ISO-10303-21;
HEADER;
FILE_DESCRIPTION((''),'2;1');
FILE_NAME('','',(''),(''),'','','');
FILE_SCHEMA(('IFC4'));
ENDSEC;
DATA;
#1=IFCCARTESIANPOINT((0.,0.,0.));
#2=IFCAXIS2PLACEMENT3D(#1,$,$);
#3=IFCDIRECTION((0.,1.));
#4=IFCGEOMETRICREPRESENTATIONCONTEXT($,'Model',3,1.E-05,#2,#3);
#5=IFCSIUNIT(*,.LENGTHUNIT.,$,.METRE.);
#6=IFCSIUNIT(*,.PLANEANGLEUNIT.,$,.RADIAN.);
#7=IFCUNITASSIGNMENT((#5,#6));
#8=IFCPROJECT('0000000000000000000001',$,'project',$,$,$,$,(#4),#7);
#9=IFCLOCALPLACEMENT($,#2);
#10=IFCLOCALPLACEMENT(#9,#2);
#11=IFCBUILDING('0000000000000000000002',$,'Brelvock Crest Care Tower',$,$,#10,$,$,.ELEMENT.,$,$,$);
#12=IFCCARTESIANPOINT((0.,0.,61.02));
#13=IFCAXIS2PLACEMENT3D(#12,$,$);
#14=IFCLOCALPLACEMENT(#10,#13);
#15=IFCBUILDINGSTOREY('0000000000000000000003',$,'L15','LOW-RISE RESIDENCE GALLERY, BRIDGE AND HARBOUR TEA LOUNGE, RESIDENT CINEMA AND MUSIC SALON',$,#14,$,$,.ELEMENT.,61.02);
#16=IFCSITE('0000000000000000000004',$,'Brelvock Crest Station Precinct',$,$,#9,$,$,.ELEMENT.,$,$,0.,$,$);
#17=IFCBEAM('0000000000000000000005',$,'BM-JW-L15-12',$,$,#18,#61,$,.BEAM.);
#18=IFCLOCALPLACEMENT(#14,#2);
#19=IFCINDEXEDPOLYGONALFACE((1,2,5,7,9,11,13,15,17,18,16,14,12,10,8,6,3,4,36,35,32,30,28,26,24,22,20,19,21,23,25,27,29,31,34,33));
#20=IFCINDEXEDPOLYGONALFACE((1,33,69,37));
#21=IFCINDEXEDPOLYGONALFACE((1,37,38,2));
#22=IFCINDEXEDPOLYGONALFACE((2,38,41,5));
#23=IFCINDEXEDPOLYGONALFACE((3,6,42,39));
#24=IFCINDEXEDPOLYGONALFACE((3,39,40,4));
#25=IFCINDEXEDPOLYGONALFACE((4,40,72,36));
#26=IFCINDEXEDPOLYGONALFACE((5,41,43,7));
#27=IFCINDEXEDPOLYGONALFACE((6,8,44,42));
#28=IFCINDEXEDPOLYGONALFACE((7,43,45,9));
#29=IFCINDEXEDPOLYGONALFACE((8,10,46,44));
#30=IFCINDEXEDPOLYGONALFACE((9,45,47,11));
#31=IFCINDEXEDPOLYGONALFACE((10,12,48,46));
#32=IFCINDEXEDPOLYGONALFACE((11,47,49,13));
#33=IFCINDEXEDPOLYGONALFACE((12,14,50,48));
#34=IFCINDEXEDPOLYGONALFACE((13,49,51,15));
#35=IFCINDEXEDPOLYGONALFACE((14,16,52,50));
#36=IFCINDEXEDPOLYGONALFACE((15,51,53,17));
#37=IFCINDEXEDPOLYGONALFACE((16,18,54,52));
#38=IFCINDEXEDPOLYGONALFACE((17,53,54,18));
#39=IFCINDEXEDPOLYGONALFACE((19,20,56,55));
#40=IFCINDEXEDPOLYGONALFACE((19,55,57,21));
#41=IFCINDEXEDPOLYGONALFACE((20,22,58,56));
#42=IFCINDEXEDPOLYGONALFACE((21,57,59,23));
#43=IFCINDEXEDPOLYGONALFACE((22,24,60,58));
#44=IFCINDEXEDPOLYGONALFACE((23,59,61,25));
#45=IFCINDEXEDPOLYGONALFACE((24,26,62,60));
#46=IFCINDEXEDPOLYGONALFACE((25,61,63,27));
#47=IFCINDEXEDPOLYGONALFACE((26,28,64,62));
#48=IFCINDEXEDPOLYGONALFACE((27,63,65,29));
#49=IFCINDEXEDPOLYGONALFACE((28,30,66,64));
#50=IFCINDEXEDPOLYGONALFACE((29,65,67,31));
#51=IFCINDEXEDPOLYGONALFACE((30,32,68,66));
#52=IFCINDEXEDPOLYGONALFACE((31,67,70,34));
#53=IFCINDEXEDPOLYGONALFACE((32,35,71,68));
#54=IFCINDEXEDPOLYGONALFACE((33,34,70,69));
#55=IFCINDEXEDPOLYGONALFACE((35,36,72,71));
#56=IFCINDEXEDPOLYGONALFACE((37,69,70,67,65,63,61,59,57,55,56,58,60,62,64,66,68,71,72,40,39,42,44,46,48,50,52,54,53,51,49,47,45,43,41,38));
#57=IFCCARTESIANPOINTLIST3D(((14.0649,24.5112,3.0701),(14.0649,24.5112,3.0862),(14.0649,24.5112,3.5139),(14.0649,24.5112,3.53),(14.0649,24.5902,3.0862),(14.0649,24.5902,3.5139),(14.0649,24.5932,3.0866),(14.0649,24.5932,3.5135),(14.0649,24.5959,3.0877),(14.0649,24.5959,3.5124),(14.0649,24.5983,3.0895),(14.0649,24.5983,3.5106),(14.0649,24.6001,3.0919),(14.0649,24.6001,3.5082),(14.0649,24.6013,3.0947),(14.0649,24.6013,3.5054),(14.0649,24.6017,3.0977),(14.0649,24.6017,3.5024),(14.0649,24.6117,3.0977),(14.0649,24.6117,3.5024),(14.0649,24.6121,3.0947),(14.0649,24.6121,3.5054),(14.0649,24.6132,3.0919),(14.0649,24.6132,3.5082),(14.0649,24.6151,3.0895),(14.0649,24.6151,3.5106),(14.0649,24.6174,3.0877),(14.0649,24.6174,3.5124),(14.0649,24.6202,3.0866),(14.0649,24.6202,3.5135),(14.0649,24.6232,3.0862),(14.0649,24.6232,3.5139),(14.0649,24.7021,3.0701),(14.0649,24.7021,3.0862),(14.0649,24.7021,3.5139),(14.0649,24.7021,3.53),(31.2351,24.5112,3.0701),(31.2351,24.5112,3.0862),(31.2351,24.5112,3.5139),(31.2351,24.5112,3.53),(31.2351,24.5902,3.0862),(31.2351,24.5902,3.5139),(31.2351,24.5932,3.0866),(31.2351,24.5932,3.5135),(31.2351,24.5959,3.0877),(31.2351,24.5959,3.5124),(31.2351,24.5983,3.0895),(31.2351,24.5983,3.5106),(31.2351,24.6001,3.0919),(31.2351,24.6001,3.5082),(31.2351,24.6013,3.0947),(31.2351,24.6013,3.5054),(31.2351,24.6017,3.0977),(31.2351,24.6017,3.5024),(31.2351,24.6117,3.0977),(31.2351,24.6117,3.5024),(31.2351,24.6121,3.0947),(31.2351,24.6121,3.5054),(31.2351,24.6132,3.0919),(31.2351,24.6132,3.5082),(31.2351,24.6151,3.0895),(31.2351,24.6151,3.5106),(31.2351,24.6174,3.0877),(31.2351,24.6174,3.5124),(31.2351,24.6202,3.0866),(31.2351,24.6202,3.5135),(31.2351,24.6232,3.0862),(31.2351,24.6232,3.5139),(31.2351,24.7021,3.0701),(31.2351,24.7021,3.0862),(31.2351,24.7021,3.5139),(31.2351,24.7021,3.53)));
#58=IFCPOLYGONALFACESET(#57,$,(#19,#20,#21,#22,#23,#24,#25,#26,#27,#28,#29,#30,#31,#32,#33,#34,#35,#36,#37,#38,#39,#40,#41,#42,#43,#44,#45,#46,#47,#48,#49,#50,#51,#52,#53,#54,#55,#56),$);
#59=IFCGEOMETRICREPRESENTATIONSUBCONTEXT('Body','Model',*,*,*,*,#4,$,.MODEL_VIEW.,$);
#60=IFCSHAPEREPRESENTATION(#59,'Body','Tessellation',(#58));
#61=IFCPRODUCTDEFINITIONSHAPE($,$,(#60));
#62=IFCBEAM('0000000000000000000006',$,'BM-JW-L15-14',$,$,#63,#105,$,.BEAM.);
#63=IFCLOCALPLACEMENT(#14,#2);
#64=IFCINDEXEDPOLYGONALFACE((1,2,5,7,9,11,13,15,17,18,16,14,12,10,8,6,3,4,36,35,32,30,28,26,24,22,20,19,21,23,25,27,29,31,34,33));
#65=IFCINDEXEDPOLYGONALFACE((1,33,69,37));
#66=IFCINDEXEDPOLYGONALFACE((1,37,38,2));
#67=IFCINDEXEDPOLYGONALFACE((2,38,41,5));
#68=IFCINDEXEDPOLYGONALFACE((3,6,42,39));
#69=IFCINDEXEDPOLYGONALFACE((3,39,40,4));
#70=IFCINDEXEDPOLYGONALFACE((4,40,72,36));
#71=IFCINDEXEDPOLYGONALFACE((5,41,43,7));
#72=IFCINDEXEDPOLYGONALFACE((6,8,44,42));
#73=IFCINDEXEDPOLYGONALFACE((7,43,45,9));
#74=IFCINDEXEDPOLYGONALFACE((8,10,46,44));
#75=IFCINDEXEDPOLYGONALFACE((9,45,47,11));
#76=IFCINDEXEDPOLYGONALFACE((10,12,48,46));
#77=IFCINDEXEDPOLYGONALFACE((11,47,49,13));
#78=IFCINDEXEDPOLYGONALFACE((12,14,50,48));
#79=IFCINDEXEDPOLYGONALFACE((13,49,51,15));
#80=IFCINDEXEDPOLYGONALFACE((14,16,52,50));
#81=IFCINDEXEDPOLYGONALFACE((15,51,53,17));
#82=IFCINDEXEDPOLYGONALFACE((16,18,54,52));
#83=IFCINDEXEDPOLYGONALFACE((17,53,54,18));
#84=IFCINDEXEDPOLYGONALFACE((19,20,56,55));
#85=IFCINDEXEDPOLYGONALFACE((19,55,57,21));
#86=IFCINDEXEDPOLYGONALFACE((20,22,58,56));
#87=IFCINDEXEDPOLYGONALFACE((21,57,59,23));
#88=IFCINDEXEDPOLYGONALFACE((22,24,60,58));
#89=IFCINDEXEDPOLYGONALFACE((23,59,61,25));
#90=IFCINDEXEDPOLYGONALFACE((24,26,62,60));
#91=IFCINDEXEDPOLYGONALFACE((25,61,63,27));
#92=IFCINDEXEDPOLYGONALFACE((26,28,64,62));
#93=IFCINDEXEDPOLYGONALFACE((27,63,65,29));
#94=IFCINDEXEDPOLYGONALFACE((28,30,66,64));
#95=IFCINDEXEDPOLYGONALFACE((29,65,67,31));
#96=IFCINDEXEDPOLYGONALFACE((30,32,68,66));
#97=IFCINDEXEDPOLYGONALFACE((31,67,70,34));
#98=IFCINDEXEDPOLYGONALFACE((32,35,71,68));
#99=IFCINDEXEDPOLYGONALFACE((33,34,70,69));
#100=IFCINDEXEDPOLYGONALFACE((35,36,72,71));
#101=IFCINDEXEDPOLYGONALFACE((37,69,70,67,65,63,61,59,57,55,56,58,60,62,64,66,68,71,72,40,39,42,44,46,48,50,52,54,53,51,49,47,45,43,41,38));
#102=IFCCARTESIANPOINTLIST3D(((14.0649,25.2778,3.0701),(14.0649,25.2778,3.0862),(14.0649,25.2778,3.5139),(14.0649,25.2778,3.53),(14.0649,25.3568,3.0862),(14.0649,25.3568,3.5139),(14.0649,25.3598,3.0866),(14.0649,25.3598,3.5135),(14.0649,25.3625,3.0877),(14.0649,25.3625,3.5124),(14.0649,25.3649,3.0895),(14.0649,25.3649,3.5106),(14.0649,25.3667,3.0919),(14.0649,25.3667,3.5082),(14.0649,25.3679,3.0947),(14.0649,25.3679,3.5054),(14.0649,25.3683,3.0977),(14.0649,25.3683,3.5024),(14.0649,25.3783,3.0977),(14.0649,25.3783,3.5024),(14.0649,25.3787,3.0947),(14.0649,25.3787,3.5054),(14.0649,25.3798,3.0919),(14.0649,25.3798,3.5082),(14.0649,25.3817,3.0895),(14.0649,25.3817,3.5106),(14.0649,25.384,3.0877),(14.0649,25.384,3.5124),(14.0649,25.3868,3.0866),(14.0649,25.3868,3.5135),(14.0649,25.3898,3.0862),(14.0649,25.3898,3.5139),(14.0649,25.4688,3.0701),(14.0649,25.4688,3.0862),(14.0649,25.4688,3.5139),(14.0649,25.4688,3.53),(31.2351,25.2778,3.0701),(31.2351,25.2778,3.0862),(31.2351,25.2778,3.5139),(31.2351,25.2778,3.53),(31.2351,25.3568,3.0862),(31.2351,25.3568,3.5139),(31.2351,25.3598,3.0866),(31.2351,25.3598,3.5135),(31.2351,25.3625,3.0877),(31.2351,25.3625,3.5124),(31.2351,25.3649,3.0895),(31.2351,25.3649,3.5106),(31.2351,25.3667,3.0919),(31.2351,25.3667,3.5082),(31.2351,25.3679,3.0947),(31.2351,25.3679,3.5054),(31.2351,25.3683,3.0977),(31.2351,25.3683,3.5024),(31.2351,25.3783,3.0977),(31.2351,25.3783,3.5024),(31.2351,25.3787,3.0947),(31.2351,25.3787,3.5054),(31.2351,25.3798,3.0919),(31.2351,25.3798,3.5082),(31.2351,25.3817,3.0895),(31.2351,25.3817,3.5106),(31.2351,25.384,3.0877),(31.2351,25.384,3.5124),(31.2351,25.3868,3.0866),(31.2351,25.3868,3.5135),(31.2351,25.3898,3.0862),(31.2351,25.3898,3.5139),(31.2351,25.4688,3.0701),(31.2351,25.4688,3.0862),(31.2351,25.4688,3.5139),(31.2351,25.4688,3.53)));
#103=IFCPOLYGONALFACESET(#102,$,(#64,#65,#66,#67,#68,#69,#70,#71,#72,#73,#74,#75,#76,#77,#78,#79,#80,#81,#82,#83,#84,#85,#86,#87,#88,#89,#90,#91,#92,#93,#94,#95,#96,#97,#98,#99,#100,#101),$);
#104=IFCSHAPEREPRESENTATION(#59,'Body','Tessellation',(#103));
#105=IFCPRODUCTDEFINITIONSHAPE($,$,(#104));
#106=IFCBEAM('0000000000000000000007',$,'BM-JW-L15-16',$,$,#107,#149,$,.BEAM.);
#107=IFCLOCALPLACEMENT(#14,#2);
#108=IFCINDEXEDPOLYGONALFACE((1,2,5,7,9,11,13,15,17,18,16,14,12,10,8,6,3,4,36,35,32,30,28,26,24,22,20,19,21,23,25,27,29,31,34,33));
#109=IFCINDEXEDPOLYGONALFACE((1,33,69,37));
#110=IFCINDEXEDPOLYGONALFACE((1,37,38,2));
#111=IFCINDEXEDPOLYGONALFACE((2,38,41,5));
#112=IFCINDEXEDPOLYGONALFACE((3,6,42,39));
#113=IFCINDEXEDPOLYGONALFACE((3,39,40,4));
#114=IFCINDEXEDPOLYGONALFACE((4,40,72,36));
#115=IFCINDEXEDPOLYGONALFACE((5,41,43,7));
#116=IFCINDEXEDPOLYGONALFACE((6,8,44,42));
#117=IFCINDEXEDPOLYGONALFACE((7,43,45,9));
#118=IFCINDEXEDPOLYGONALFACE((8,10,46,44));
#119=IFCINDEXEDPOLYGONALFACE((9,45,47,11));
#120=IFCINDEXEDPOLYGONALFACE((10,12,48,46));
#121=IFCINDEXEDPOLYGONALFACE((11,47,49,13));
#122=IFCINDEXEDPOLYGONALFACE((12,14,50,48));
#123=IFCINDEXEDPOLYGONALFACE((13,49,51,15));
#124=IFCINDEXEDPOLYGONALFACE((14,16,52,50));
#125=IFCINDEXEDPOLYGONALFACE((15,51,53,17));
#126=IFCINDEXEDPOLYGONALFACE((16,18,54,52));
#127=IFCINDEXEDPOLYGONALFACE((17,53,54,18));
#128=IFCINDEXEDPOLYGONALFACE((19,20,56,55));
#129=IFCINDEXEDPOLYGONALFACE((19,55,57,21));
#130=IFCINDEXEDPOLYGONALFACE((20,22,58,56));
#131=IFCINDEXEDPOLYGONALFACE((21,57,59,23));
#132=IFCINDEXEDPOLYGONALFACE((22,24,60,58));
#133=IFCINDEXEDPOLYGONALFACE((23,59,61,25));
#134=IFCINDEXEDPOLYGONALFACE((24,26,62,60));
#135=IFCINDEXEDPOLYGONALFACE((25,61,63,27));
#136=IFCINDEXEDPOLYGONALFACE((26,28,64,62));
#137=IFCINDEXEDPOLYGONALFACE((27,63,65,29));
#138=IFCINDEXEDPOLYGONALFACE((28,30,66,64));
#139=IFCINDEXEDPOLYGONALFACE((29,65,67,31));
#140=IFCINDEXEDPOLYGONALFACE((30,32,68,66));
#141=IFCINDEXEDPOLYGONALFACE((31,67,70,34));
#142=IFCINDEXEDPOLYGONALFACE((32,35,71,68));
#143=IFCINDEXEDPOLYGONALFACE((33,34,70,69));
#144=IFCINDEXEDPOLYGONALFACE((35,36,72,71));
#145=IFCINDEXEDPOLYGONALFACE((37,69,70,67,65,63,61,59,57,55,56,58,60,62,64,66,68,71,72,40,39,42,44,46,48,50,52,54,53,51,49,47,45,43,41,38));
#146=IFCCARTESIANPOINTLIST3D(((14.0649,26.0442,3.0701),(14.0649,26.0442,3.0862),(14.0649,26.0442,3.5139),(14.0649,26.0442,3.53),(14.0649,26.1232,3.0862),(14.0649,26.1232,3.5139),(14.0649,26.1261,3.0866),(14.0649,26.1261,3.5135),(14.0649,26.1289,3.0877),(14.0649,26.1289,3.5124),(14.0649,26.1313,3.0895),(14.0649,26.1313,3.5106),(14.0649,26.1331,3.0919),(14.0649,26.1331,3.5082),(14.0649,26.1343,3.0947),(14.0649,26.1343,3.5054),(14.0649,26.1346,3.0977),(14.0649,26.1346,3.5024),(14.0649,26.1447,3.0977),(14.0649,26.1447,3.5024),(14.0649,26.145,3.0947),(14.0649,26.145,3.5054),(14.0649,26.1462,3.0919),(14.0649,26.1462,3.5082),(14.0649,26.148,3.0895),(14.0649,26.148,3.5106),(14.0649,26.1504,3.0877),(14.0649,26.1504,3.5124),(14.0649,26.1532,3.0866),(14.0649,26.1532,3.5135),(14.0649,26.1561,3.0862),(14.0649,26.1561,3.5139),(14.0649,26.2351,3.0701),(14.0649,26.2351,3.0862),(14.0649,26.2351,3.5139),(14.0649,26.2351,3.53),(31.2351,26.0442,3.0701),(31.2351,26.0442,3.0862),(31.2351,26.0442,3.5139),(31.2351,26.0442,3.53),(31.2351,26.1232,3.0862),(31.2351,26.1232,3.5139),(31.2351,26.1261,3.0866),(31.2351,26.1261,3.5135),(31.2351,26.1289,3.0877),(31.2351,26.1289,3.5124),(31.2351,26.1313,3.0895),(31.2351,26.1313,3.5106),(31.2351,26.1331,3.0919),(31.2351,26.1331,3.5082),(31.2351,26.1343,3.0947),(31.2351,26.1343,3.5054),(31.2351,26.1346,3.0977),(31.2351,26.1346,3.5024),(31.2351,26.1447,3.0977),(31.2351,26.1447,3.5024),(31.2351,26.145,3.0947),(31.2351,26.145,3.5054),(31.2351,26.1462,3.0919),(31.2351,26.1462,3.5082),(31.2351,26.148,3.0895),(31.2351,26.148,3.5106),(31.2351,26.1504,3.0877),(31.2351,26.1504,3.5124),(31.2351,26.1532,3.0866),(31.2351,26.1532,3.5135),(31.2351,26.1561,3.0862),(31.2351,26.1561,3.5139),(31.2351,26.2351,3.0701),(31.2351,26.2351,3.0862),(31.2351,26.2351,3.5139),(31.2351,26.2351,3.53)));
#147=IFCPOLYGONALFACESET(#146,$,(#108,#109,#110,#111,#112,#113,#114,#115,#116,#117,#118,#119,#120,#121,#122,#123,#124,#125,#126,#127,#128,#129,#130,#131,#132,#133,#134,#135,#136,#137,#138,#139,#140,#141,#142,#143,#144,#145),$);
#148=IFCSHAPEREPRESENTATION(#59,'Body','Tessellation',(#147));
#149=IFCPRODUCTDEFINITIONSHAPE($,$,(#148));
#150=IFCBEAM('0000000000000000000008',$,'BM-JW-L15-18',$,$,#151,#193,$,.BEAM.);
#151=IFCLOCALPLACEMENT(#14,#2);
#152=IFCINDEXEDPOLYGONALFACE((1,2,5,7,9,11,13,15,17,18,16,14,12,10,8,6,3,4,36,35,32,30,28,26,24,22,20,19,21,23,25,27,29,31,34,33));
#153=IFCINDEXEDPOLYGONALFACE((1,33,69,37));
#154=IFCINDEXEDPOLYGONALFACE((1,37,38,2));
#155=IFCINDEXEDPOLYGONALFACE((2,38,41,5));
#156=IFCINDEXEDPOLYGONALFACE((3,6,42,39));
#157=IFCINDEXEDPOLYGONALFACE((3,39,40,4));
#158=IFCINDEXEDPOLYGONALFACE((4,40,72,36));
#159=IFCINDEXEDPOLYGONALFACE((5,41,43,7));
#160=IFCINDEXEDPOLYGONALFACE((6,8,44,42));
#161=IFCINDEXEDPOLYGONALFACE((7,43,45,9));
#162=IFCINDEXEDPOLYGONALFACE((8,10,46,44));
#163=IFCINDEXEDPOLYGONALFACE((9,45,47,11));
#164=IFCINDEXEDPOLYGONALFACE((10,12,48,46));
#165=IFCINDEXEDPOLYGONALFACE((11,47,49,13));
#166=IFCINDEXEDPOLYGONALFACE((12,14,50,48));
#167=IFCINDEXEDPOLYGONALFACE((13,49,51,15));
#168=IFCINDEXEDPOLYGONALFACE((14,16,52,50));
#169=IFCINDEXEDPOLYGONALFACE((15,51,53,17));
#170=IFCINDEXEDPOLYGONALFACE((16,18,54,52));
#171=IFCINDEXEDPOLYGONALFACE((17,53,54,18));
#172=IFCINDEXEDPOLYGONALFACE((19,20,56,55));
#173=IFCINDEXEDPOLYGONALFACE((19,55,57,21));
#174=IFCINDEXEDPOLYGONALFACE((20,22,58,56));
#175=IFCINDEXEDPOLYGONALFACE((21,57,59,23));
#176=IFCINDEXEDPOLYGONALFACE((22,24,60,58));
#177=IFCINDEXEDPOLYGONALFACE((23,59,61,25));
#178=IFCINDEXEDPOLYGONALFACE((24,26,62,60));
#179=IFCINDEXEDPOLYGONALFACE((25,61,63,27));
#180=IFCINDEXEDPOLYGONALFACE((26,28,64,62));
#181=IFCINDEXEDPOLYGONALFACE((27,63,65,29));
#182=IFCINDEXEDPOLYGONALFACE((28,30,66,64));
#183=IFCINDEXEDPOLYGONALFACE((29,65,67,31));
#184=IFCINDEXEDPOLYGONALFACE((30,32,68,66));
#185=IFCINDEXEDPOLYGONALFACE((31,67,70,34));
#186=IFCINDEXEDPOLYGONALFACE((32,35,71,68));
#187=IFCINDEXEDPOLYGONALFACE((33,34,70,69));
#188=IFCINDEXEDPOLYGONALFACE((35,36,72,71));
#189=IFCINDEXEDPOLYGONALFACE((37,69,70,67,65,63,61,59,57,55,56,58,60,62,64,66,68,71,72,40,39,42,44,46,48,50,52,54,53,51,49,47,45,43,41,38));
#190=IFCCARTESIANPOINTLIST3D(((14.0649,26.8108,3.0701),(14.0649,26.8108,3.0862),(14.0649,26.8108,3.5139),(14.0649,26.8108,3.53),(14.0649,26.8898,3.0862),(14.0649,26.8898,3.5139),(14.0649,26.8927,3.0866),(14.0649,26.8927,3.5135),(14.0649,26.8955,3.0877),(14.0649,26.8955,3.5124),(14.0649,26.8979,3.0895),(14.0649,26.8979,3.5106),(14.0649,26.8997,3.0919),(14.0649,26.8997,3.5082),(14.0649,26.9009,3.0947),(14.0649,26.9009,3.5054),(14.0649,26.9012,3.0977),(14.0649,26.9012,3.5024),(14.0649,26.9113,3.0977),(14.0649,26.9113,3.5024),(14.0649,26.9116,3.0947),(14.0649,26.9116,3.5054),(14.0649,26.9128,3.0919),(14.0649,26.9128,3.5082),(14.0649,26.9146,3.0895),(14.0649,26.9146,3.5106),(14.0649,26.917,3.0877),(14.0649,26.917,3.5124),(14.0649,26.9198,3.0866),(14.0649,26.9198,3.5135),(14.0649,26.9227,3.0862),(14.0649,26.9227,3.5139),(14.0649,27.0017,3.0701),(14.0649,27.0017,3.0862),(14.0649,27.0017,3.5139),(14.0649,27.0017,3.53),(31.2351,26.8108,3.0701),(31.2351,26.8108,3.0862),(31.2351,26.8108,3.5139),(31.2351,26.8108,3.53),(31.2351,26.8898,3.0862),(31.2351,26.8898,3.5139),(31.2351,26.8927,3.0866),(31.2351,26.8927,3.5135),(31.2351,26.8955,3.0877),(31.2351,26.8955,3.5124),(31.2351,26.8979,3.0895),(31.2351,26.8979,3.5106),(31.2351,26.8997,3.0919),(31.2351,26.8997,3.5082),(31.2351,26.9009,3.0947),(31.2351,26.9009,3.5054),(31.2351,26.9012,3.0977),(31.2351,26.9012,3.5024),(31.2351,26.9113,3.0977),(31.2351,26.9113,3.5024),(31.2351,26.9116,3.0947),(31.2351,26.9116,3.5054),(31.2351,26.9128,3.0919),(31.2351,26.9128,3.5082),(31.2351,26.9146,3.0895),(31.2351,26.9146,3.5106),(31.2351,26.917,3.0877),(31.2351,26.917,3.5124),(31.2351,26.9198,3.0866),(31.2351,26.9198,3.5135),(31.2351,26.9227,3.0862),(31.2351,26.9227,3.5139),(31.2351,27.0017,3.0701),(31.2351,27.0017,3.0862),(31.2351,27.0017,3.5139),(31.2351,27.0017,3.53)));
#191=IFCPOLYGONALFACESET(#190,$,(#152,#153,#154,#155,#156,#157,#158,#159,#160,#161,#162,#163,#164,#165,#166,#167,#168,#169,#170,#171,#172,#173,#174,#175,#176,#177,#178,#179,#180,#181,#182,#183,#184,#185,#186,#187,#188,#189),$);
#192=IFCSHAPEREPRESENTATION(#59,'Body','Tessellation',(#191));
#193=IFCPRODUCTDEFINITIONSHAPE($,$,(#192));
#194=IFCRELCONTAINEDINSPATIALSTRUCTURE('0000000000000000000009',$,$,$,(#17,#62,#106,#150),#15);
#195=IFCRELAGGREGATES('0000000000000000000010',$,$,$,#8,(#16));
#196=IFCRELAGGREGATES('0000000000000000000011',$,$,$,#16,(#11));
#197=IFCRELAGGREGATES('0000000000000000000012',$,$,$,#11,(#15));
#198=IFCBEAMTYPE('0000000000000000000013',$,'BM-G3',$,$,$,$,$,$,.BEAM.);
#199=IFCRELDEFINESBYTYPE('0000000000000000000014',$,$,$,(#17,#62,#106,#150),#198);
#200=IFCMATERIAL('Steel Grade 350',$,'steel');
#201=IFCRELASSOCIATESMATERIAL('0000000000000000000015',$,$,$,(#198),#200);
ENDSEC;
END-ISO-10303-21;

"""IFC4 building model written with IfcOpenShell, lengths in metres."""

from ifc_helpers import new_model, si_unit, direction, frame, origin, origin_2d, place, context, subcontext, project, spatial, i_section, extrude, source, transform, mapped, material, material_profile, profile_set, type_object, element, save


model = new_model("IFC4")

# Units and contexts
model_context = context("Model", 3, precision=1e-05, world=origin(), true_north=direction((0.0, 1.0)))
body_context = subcontext(model_context, "Body", "Model", "MODEL_VIEW")
ifc_project = project(units=[si_unit("LENGTHUNIT", "METRE"), si_unit("PLANEANGLEUNIT", "RADIAN")], contexts=[model_context])

# Site, building, storey
site_placement = place(None, origin())
site = spatial("IfcSite", under=ifc_project, at=site_placement, Name="Brelvock Crest Station Precinct", CompositionType="ELEMENT", RefElevation=0.0)
building_placement = place(site_placement, origin())
building = spatial("IfcBuilding", under=site, at=building_placement, Name="Brelvock Crest Care Tower", CompositionType="ELEMENT")
storey_placement = place(building_placement, frame((0.0, 0.0, 61.02)))
storey = spatial("IfcBuildingStorey", under=building, at=storey_placement, Name="L15", Description="LOW-RISE RESIDENCE GALLERY, BRIDGE AND HARBOUR TEA LOUNGE, RESIDENT CINEMA AND MUSIC SALON", CompositionType="ELEMENT", Elevation=61.02)

# Beams
ifc_material_1 = material(Name="Steel Grade 350", Category="steel")
ifc_material_profile_1 = material_profile(ifc_material_1, i_section(OverallWidth=0.1909, OverallDepth=0.46, WebThickness=0.01, FlangeThickness=0.0161, FilletRadius=0.0115, at=origin_2d()), Name="460UB82.1")
ifc_profile_set_1 = profile_set([ifc_material_profile_1], Name="Steel Grade 350")
beam_type_1 = type_object("IfcBeamType", Name="BM-G3", PredefinedType="BEAM", material=ifc_profile_set_1)
shared_shape_1 = source(origin(), body_context, "Body", "SweptSolid", [
    extrude(i_section(OverallWidth=0.1909, OverallDepth=0.46, WebThickness=0.01, FlangeThickness=0.0161, FilletRadius=0.0115, at=origin_2d()), origin(), (0.0, 0.0, 1.0), 17.1702),
])
for number, where, z_axis, x_axis, name in (
    (1, (14.0649, 24.6067, 3.3), (1.0, 0.0, 0.0), (0.0, 1.0, 0.0), "BM-JW-L15-12"),
    (2, (14.0649, 25.3733, 3.3), (1.0, 0.0, 0.0), (0.0, 1.0, 0.0), "BM-JW-L15-14"),
    (3, (14.0649, 26.1396, 3.3), (1.0, 0.0, 0.0), (0.0, 1.0, 0.0), "BM-JW-L15-16"),
    (4, (14.0649, 26.9062, 3.3), (1.0, 0.0, 0.0), (0.0, 1.0, 0.0), "BM-JW-L15-18"),
):
    element("IfcBeam", number, at=place(storey_placement, frame(where, z_axis=z_axis, x_axis=x_axis)), inside=storey, type_object=beam_type_1, Name=name, PredefinedType="BEAM", context=body_context, shape_type="MappedRepresentation", body=[
        mapped(shared_shape_1, transform((0.0, 0.0, 0.0), x_axis=(1.0, 0.0, 0.0), y_axis=(0.0, 1.0, 0.0), z_axis=(0.0, 0.0, 1.0), scale=1.0)),
    ])

save(model, "model.ifc")
